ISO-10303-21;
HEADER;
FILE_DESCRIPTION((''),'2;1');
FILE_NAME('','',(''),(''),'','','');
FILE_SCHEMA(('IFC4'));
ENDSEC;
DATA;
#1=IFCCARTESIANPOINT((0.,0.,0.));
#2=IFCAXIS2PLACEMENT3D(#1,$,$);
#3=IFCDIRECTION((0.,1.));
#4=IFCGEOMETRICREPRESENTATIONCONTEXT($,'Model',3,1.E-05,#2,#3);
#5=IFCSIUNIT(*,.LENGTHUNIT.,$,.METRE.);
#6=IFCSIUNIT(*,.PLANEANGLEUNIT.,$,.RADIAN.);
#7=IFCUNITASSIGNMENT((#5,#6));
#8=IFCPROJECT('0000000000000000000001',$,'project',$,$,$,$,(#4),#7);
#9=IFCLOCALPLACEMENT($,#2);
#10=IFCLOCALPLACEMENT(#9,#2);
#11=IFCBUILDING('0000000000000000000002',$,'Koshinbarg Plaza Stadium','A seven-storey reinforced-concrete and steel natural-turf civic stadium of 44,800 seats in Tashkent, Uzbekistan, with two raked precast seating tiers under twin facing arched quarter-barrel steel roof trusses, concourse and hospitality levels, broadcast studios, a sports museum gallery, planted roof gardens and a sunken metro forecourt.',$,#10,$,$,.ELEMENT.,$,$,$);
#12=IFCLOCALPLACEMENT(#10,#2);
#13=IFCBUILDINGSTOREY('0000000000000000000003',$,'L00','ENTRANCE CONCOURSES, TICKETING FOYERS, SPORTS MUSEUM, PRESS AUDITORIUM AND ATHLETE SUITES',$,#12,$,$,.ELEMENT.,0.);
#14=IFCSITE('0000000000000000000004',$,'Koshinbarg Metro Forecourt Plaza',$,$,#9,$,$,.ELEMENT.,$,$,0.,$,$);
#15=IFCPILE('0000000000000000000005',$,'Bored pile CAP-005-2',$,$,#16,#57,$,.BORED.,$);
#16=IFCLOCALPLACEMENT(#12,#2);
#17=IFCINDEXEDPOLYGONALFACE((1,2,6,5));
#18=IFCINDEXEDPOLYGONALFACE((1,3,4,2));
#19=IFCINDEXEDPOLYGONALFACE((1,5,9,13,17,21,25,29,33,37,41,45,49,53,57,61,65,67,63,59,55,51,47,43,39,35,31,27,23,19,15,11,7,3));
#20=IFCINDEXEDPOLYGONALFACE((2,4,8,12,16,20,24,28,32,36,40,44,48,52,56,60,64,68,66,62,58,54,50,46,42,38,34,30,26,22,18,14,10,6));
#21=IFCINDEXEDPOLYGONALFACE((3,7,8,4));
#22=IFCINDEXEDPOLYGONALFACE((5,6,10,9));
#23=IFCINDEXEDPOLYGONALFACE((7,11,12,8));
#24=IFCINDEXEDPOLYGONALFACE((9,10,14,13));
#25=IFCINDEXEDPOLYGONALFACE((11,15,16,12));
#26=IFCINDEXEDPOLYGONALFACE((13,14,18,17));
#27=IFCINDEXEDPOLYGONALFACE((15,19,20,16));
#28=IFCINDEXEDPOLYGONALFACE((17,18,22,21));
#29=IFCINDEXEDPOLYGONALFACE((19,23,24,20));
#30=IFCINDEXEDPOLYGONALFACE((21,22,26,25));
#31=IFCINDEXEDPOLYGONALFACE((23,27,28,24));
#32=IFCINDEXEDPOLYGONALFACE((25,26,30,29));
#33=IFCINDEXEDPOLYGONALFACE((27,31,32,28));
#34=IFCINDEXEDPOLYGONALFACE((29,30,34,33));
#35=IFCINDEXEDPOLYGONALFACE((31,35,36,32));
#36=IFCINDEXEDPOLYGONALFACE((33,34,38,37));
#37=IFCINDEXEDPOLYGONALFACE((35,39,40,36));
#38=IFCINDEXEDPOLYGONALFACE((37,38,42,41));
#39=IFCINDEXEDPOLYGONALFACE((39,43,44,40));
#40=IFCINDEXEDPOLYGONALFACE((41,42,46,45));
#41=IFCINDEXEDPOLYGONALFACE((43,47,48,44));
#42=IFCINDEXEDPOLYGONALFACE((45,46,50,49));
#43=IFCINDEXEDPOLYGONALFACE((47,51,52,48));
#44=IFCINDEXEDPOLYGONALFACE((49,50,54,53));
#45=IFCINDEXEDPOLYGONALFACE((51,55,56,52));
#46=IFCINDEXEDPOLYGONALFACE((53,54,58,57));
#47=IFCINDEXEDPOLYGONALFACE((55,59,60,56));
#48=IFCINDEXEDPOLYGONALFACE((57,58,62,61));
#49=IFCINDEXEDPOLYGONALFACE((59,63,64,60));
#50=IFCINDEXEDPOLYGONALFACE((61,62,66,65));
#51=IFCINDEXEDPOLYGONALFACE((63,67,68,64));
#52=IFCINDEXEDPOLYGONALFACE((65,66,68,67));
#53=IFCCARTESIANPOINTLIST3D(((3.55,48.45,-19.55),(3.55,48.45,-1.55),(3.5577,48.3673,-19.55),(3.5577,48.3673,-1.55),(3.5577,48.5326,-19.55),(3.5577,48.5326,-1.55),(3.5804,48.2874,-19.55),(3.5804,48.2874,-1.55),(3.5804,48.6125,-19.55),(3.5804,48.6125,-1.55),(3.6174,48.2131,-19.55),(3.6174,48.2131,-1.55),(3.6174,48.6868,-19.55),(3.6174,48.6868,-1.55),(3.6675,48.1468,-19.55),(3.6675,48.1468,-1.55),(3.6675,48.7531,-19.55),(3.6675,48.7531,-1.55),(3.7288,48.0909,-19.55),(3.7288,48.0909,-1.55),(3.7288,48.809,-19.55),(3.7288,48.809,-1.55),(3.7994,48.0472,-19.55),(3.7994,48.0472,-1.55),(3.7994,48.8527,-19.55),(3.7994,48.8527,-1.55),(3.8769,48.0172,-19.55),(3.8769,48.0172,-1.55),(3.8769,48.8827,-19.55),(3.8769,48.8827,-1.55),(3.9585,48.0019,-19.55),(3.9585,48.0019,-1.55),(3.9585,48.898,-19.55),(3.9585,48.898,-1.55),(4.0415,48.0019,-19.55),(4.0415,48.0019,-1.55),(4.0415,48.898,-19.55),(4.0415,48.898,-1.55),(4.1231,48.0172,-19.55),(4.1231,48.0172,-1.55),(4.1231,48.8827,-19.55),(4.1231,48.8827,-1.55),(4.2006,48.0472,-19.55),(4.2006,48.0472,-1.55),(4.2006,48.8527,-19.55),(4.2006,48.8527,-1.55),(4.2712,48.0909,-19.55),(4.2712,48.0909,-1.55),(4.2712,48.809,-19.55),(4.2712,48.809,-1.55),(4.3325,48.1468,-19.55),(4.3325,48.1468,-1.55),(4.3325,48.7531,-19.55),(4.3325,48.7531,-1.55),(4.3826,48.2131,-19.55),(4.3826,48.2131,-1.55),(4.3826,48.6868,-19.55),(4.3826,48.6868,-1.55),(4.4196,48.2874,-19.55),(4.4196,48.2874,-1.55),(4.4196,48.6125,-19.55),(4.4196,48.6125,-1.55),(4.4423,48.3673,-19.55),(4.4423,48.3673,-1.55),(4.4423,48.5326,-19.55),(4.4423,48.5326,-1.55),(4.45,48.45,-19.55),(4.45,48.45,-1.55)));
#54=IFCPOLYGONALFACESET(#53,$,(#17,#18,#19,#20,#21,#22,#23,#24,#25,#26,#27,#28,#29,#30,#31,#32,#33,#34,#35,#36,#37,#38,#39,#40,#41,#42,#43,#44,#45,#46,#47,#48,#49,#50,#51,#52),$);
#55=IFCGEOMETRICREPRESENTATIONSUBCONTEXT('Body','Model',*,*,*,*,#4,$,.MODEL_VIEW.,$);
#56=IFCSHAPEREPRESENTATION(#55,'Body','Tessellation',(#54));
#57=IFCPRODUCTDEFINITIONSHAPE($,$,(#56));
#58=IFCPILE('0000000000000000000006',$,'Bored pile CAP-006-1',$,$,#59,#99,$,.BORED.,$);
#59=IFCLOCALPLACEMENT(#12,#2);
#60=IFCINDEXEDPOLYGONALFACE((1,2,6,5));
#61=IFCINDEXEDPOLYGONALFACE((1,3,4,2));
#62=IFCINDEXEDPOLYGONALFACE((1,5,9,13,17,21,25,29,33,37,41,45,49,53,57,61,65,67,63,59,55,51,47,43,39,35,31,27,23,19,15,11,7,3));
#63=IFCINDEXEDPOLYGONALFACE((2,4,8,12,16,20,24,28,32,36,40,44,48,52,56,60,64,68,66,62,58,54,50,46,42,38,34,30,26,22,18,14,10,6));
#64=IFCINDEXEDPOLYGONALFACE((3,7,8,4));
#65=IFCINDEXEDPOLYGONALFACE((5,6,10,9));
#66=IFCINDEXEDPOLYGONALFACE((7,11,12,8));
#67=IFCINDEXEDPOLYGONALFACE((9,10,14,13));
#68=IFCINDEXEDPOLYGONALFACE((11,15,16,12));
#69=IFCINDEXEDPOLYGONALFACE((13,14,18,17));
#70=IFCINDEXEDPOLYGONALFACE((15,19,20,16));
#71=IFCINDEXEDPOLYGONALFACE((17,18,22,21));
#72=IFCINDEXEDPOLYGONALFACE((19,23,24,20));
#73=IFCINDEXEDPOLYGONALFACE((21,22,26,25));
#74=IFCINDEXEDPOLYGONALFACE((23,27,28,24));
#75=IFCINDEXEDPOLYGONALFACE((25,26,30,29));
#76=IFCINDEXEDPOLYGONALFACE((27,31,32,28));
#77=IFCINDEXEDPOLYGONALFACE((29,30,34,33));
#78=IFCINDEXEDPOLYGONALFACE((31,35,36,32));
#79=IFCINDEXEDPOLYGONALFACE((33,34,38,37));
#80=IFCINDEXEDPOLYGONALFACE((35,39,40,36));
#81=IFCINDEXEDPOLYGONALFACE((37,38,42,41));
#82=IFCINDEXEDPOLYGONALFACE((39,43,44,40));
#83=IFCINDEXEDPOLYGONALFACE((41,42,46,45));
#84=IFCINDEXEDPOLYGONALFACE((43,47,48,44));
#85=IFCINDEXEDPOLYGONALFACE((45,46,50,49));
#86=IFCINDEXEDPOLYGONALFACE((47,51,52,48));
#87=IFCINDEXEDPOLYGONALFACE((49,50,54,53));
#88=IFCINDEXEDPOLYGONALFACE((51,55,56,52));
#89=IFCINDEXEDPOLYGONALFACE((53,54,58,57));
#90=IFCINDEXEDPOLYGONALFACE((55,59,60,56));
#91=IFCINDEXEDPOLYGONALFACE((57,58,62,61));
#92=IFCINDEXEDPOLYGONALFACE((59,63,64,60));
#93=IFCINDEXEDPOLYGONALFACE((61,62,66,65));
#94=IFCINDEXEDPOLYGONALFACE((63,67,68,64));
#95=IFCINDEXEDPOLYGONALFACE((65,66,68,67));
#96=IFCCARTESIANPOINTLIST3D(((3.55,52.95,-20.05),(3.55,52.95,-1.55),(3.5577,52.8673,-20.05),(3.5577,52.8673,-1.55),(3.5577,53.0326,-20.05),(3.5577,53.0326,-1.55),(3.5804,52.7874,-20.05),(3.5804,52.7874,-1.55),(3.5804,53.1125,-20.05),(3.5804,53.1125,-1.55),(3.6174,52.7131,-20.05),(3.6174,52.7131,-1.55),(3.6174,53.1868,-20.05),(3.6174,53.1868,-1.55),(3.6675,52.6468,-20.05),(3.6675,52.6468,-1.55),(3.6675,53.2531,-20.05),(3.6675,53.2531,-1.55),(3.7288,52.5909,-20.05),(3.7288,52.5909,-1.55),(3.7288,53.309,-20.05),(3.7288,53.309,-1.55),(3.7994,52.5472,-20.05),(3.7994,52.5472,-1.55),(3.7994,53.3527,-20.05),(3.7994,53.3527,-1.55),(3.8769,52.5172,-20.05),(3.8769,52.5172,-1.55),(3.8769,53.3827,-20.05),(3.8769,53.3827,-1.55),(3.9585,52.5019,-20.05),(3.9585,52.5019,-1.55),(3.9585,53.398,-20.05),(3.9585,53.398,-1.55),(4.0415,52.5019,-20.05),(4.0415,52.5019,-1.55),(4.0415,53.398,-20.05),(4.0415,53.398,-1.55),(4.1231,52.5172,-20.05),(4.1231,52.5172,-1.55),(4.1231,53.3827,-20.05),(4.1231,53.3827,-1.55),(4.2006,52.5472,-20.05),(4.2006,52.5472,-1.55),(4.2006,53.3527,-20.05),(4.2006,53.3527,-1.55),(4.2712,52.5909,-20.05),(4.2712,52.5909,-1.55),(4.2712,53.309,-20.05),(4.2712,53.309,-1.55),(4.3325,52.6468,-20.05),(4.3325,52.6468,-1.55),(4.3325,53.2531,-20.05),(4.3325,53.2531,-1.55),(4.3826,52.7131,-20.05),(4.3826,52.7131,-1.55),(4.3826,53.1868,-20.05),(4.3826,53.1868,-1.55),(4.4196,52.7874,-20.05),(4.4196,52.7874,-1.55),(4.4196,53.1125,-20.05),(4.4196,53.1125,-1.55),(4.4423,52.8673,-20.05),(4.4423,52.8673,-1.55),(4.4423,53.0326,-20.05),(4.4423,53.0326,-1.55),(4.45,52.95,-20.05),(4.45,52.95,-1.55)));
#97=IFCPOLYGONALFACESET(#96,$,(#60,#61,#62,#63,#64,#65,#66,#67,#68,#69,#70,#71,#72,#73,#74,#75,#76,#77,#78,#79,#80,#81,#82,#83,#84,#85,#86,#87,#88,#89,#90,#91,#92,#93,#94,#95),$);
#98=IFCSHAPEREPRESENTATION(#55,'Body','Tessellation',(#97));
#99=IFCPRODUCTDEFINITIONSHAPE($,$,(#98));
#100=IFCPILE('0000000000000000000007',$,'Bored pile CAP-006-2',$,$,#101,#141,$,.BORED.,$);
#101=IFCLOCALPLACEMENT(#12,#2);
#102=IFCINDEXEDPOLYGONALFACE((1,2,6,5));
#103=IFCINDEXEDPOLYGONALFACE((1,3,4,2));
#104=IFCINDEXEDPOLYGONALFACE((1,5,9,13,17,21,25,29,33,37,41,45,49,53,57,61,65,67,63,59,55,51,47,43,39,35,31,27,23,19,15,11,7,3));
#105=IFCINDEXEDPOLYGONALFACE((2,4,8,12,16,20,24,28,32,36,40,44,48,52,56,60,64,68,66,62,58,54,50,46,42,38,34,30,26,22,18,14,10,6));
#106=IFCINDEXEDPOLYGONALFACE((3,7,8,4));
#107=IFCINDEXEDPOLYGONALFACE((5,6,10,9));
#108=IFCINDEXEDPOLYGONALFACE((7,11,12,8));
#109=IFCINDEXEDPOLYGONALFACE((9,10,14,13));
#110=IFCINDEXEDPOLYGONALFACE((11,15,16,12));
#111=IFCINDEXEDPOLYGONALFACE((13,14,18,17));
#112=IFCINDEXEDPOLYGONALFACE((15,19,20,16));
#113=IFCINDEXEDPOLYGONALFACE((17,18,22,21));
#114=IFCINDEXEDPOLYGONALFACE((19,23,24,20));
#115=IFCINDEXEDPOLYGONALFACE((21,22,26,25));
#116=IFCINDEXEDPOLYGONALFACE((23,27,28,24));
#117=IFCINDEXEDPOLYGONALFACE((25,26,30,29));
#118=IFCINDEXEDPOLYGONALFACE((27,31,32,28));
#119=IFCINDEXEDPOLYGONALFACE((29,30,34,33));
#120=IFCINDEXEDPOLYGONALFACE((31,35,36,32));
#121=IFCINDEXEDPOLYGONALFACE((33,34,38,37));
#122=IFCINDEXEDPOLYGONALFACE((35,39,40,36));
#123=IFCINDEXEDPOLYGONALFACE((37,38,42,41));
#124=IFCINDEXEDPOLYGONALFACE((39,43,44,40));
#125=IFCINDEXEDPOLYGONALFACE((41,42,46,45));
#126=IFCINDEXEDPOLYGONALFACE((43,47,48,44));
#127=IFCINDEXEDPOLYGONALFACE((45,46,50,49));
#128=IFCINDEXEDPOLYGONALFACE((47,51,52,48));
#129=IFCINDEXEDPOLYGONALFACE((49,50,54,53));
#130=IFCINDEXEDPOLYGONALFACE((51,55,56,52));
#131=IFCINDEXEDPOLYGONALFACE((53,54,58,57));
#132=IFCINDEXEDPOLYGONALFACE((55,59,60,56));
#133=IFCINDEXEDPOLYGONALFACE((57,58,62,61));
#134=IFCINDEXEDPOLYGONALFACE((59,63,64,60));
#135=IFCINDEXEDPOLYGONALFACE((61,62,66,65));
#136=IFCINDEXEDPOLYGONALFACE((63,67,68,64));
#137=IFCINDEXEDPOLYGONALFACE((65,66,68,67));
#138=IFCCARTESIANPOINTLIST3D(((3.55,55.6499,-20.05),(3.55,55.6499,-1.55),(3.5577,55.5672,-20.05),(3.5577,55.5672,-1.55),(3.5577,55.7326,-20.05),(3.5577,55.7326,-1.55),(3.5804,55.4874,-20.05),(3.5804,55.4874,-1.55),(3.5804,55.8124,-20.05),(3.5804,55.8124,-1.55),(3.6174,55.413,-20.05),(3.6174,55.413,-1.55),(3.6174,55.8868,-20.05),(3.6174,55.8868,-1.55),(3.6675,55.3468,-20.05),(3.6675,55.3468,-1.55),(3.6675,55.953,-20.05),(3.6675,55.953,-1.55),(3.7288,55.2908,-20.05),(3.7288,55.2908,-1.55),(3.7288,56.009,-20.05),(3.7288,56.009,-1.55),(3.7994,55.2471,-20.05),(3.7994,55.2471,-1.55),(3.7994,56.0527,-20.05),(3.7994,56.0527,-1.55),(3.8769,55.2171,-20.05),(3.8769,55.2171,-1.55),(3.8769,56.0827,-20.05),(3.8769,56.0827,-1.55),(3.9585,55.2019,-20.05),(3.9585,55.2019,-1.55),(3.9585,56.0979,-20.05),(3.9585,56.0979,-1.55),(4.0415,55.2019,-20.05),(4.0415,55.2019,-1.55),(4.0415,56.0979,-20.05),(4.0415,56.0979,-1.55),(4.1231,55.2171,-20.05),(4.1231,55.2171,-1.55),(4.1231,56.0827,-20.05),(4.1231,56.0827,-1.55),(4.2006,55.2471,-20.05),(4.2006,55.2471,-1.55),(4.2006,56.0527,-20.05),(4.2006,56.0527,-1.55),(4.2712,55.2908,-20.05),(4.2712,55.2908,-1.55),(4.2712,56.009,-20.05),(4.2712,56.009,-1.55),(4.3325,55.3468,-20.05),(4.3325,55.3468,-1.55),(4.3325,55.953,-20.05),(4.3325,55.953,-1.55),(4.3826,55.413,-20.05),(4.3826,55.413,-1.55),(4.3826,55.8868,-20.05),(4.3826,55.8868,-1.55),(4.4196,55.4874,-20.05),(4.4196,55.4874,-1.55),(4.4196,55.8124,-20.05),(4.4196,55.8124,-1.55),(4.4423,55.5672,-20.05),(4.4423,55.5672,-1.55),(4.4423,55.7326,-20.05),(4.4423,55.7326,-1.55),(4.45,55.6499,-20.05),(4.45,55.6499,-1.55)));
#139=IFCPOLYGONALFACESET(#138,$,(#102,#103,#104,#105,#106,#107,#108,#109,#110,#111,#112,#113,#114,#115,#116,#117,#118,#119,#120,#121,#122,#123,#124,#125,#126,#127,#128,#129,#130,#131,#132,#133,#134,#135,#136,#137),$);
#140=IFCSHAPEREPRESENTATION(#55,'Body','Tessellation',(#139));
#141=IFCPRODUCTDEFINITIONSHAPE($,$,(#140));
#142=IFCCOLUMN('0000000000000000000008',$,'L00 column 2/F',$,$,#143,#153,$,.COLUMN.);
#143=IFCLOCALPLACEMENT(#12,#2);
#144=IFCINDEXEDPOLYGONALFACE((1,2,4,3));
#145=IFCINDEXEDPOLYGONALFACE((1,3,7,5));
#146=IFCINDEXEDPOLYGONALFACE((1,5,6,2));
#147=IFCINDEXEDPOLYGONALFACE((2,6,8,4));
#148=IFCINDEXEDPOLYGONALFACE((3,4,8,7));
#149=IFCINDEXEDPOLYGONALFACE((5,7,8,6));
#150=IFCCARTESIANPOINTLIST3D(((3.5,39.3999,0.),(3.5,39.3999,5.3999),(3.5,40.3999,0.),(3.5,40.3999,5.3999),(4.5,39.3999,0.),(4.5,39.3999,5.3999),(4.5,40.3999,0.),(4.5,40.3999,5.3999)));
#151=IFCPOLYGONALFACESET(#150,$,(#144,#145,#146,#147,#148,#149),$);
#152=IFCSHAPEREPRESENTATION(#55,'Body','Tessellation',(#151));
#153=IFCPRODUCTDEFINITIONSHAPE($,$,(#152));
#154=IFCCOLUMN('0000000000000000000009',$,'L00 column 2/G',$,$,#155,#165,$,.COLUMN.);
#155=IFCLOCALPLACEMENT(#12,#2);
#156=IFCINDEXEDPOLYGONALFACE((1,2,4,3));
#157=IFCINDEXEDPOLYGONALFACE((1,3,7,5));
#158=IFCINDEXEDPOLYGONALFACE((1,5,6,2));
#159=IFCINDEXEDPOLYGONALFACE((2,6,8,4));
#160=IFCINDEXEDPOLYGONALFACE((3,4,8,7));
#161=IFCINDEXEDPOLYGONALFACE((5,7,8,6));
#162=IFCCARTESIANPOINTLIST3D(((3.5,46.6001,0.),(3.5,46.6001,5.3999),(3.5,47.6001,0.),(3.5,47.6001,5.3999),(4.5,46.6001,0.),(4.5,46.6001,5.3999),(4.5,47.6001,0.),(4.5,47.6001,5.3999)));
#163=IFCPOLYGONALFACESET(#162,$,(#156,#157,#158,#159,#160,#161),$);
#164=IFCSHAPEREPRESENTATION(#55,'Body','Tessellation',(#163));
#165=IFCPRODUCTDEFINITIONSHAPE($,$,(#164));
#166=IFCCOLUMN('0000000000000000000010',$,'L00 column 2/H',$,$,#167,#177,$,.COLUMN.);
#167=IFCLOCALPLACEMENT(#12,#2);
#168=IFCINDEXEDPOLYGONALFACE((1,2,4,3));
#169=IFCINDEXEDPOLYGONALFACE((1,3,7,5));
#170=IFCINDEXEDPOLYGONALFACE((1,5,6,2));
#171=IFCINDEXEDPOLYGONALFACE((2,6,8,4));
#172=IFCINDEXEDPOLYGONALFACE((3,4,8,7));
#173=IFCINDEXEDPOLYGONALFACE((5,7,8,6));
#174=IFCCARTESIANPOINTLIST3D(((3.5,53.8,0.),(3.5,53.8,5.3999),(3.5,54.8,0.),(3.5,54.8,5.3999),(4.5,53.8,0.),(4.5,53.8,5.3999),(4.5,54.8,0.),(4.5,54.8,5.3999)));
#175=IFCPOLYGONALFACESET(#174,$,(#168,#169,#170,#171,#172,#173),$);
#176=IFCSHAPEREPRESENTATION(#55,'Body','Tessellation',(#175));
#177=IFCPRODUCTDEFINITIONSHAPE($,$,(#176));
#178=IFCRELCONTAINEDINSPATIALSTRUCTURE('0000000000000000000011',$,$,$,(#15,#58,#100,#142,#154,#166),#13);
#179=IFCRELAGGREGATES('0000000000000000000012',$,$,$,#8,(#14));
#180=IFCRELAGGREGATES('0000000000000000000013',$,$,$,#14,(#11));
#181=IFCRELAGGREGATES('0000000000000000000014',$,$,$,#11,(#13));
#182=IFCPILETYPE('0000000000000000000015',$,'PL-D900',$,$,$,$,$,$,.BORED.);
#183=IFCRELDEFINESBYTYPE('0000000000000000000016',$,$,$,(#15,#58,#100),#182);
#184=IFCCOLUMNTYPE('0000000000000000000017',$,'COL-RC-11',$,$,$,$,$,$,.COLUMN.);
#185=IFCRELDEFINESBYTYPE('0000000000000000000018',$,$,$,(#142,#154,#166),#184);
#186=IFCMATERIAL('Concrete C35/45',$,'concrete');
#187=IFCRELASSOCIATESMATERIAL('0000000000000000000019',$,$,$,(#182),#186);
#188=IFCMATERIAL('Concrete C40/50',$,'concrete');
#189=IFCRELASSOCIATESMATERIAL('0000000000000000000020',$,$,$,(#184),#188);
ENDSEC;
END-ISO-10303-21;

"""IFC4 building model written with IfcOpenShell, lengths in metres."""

from ifc_helpers import new_model, si_unit, direction, frame, origin, origin_2d, place, context, subcontext, project, spatial, rectangle, circle, extrude, material, material_profile, profile_set, type_object, element, save


model = new_model("IFC4")

# Units and contexts
model_context = context("Model", 3, precision=1e-05, world=origin(), true_north=direction((0.0, 1.0)))
body_context = subcontext(model_context, "Body", "Model", "MODEL_VIEW")
ifc_project = project(units=[si_unit("LENGTHUNIT", "METRE"), si_unit("PLANEANGLEUNIT", "RADIAN")], contexts=[model_context])

# Site, building, storey
site_placement = place(None, origin())
site = spatial("IfcSite", under=ifc_project, at=site_placement, Name="Koshinbarg Metro Forecourt Plaza", CompositionType="ELEMENT", RefElevation=0.0)
building_placement = place(site_placement, origin())
building = spatial("IfcBuilding", under=site, at=building_placement, Name="Koshinbarg Plaza Stadium", Description="A seven-storey reinforced-concrete and steel natural-turf civic stadium of 44,800 seats in Tashkent, Uzbekistan, with two raked precast seating tiers under twin facing arched quarter-barrel steel roof trusses, concourse and hospitality levels, broadcast studios, a sports museum gallery, planted roof gardens and a sunken metro forecourt.", CompositionType="ELEMENT")
storey_placement = place(building_placement, origin())
storey = spatial("IfcBuildingStorey", under=building, at=storey_placement, Name="L00", Description="ENTRANCE CONCOURSES, TICKETING FOYERS, SPORTS MUSEUM, PRESS AUDITORIUM AND ATHLETE SUITES", CompositionType="ELEMENT", Elevation=0.0)

# Shared definitions
ifc_material_1 = material(Name="Concrete C35/45", Category="concrete")

# Piles
ifc_material_profile_1 = material_profile(ifc_material_1, circle(Radius=0.45, at=origin_2d()), Name="PILE D900")
ifc_profile_set_1 = profile_set([ifc_material_profile_1], Name="Concrete C35/45")
pile_type = type_object("IfcPileType", Name="PL-D900", PredefinedType="BORED", material=ifc_profile_set_1)
for number, where, z_axis, x_axis, name in (
    (1, (4.0, 48.45, -1.55), (0.0, 0.0, -1.0), (1.0, 0.0, 0.0), "Bored pile CAP-005-2"),
):
    element("IfcPile", number, at=place(storey_placement, frame(where, z_axis=z_axis, x_axis=x_axis)), inside=storey, type_object=pile_type, Name=name, PredefinedType="BORED", context=body_context, shape_type="SweptSolid", body=[
        extrude(circle(Radius=0.45, at=origin_2d()), origin(), (0.0, 0.0, 1.0), 18.0),
    ])
for number, where, z_axis, x_axis, name in (
    (2, (4.0, 52.95, -1.55), (0.0, 0.0, -1.0), (1.0, 0.0, 0.0), "Bored pile CAP-006-1"),
    (3, (4.0, 55.6499, -1.55), (0.0, 0.0, -1.0), (1.0, 0.0, 0.0), "Bored pile CAP-006-2"),
):
    element("IfcPile", number, at=place(storey_placement, frame(where, z_axis=z_axis, x_axis=x_axis)), inside=storey, type_object=pile_type, Name=name, PredefinedType="BORED", context=body_context, shape_type="SweptSolid", body=[
        extrude(circle(Radius=0.45, at=origin_2d()), origin(), (0.0, 0.0, 1.0), 18.5),
    ])

# Columns
ifc_material_2 = material(Name="Concrete C40/50", Category="concrete")
ifc_material_profile_2 = material_profile(ifc_material_2, rectangle(XDim=1.0, YDim=1.0, at=origin_2d()), Name="RC 1000x1000")
ifc_profile_set_2 = profile_set([ifc_material_profile_2], Name="Concrete C40/50")
column_type = type_object("IfcColumnType", Name="COL-RC-11", PredefinedType="COLUMN", material=ifc_profile_set_2)
for number, where, z_axis, x_axis, name in (
    (4, (4.0, 39.8999, 0.0), (0.0, 0.0, 1.0), (1.0, 0.0, 0.0), "L00 column 2/F"),
    (5, (4.0, 47.1001, 0.0), (0.0, 0.0, 1.0), (1.0, 0.0, 0.0), "L00 column 2/G"),
    (6, (4.0, 54.3, 0.0), (0.0, 0.0, 1.0), (1.0, 0.0, 0.0), "L00 column 2/H"),
):
    element("IfcColumn", number, at=place(storey_placement, frame(where, z_axis=z_axis, x_axis=x_axis)), inside=storey, type_object=column_type, Name=name, PredefinedType="COLUMN", context=body_context, shape_type="SweptSolid", body=[
        extrude(rectangle(XDim=1.0, YDim=1.0, at=origin_2d()), origin(), (0.0, 0.0, 1.0), 5.3999),
    ])

save(model, "model.ifc")
